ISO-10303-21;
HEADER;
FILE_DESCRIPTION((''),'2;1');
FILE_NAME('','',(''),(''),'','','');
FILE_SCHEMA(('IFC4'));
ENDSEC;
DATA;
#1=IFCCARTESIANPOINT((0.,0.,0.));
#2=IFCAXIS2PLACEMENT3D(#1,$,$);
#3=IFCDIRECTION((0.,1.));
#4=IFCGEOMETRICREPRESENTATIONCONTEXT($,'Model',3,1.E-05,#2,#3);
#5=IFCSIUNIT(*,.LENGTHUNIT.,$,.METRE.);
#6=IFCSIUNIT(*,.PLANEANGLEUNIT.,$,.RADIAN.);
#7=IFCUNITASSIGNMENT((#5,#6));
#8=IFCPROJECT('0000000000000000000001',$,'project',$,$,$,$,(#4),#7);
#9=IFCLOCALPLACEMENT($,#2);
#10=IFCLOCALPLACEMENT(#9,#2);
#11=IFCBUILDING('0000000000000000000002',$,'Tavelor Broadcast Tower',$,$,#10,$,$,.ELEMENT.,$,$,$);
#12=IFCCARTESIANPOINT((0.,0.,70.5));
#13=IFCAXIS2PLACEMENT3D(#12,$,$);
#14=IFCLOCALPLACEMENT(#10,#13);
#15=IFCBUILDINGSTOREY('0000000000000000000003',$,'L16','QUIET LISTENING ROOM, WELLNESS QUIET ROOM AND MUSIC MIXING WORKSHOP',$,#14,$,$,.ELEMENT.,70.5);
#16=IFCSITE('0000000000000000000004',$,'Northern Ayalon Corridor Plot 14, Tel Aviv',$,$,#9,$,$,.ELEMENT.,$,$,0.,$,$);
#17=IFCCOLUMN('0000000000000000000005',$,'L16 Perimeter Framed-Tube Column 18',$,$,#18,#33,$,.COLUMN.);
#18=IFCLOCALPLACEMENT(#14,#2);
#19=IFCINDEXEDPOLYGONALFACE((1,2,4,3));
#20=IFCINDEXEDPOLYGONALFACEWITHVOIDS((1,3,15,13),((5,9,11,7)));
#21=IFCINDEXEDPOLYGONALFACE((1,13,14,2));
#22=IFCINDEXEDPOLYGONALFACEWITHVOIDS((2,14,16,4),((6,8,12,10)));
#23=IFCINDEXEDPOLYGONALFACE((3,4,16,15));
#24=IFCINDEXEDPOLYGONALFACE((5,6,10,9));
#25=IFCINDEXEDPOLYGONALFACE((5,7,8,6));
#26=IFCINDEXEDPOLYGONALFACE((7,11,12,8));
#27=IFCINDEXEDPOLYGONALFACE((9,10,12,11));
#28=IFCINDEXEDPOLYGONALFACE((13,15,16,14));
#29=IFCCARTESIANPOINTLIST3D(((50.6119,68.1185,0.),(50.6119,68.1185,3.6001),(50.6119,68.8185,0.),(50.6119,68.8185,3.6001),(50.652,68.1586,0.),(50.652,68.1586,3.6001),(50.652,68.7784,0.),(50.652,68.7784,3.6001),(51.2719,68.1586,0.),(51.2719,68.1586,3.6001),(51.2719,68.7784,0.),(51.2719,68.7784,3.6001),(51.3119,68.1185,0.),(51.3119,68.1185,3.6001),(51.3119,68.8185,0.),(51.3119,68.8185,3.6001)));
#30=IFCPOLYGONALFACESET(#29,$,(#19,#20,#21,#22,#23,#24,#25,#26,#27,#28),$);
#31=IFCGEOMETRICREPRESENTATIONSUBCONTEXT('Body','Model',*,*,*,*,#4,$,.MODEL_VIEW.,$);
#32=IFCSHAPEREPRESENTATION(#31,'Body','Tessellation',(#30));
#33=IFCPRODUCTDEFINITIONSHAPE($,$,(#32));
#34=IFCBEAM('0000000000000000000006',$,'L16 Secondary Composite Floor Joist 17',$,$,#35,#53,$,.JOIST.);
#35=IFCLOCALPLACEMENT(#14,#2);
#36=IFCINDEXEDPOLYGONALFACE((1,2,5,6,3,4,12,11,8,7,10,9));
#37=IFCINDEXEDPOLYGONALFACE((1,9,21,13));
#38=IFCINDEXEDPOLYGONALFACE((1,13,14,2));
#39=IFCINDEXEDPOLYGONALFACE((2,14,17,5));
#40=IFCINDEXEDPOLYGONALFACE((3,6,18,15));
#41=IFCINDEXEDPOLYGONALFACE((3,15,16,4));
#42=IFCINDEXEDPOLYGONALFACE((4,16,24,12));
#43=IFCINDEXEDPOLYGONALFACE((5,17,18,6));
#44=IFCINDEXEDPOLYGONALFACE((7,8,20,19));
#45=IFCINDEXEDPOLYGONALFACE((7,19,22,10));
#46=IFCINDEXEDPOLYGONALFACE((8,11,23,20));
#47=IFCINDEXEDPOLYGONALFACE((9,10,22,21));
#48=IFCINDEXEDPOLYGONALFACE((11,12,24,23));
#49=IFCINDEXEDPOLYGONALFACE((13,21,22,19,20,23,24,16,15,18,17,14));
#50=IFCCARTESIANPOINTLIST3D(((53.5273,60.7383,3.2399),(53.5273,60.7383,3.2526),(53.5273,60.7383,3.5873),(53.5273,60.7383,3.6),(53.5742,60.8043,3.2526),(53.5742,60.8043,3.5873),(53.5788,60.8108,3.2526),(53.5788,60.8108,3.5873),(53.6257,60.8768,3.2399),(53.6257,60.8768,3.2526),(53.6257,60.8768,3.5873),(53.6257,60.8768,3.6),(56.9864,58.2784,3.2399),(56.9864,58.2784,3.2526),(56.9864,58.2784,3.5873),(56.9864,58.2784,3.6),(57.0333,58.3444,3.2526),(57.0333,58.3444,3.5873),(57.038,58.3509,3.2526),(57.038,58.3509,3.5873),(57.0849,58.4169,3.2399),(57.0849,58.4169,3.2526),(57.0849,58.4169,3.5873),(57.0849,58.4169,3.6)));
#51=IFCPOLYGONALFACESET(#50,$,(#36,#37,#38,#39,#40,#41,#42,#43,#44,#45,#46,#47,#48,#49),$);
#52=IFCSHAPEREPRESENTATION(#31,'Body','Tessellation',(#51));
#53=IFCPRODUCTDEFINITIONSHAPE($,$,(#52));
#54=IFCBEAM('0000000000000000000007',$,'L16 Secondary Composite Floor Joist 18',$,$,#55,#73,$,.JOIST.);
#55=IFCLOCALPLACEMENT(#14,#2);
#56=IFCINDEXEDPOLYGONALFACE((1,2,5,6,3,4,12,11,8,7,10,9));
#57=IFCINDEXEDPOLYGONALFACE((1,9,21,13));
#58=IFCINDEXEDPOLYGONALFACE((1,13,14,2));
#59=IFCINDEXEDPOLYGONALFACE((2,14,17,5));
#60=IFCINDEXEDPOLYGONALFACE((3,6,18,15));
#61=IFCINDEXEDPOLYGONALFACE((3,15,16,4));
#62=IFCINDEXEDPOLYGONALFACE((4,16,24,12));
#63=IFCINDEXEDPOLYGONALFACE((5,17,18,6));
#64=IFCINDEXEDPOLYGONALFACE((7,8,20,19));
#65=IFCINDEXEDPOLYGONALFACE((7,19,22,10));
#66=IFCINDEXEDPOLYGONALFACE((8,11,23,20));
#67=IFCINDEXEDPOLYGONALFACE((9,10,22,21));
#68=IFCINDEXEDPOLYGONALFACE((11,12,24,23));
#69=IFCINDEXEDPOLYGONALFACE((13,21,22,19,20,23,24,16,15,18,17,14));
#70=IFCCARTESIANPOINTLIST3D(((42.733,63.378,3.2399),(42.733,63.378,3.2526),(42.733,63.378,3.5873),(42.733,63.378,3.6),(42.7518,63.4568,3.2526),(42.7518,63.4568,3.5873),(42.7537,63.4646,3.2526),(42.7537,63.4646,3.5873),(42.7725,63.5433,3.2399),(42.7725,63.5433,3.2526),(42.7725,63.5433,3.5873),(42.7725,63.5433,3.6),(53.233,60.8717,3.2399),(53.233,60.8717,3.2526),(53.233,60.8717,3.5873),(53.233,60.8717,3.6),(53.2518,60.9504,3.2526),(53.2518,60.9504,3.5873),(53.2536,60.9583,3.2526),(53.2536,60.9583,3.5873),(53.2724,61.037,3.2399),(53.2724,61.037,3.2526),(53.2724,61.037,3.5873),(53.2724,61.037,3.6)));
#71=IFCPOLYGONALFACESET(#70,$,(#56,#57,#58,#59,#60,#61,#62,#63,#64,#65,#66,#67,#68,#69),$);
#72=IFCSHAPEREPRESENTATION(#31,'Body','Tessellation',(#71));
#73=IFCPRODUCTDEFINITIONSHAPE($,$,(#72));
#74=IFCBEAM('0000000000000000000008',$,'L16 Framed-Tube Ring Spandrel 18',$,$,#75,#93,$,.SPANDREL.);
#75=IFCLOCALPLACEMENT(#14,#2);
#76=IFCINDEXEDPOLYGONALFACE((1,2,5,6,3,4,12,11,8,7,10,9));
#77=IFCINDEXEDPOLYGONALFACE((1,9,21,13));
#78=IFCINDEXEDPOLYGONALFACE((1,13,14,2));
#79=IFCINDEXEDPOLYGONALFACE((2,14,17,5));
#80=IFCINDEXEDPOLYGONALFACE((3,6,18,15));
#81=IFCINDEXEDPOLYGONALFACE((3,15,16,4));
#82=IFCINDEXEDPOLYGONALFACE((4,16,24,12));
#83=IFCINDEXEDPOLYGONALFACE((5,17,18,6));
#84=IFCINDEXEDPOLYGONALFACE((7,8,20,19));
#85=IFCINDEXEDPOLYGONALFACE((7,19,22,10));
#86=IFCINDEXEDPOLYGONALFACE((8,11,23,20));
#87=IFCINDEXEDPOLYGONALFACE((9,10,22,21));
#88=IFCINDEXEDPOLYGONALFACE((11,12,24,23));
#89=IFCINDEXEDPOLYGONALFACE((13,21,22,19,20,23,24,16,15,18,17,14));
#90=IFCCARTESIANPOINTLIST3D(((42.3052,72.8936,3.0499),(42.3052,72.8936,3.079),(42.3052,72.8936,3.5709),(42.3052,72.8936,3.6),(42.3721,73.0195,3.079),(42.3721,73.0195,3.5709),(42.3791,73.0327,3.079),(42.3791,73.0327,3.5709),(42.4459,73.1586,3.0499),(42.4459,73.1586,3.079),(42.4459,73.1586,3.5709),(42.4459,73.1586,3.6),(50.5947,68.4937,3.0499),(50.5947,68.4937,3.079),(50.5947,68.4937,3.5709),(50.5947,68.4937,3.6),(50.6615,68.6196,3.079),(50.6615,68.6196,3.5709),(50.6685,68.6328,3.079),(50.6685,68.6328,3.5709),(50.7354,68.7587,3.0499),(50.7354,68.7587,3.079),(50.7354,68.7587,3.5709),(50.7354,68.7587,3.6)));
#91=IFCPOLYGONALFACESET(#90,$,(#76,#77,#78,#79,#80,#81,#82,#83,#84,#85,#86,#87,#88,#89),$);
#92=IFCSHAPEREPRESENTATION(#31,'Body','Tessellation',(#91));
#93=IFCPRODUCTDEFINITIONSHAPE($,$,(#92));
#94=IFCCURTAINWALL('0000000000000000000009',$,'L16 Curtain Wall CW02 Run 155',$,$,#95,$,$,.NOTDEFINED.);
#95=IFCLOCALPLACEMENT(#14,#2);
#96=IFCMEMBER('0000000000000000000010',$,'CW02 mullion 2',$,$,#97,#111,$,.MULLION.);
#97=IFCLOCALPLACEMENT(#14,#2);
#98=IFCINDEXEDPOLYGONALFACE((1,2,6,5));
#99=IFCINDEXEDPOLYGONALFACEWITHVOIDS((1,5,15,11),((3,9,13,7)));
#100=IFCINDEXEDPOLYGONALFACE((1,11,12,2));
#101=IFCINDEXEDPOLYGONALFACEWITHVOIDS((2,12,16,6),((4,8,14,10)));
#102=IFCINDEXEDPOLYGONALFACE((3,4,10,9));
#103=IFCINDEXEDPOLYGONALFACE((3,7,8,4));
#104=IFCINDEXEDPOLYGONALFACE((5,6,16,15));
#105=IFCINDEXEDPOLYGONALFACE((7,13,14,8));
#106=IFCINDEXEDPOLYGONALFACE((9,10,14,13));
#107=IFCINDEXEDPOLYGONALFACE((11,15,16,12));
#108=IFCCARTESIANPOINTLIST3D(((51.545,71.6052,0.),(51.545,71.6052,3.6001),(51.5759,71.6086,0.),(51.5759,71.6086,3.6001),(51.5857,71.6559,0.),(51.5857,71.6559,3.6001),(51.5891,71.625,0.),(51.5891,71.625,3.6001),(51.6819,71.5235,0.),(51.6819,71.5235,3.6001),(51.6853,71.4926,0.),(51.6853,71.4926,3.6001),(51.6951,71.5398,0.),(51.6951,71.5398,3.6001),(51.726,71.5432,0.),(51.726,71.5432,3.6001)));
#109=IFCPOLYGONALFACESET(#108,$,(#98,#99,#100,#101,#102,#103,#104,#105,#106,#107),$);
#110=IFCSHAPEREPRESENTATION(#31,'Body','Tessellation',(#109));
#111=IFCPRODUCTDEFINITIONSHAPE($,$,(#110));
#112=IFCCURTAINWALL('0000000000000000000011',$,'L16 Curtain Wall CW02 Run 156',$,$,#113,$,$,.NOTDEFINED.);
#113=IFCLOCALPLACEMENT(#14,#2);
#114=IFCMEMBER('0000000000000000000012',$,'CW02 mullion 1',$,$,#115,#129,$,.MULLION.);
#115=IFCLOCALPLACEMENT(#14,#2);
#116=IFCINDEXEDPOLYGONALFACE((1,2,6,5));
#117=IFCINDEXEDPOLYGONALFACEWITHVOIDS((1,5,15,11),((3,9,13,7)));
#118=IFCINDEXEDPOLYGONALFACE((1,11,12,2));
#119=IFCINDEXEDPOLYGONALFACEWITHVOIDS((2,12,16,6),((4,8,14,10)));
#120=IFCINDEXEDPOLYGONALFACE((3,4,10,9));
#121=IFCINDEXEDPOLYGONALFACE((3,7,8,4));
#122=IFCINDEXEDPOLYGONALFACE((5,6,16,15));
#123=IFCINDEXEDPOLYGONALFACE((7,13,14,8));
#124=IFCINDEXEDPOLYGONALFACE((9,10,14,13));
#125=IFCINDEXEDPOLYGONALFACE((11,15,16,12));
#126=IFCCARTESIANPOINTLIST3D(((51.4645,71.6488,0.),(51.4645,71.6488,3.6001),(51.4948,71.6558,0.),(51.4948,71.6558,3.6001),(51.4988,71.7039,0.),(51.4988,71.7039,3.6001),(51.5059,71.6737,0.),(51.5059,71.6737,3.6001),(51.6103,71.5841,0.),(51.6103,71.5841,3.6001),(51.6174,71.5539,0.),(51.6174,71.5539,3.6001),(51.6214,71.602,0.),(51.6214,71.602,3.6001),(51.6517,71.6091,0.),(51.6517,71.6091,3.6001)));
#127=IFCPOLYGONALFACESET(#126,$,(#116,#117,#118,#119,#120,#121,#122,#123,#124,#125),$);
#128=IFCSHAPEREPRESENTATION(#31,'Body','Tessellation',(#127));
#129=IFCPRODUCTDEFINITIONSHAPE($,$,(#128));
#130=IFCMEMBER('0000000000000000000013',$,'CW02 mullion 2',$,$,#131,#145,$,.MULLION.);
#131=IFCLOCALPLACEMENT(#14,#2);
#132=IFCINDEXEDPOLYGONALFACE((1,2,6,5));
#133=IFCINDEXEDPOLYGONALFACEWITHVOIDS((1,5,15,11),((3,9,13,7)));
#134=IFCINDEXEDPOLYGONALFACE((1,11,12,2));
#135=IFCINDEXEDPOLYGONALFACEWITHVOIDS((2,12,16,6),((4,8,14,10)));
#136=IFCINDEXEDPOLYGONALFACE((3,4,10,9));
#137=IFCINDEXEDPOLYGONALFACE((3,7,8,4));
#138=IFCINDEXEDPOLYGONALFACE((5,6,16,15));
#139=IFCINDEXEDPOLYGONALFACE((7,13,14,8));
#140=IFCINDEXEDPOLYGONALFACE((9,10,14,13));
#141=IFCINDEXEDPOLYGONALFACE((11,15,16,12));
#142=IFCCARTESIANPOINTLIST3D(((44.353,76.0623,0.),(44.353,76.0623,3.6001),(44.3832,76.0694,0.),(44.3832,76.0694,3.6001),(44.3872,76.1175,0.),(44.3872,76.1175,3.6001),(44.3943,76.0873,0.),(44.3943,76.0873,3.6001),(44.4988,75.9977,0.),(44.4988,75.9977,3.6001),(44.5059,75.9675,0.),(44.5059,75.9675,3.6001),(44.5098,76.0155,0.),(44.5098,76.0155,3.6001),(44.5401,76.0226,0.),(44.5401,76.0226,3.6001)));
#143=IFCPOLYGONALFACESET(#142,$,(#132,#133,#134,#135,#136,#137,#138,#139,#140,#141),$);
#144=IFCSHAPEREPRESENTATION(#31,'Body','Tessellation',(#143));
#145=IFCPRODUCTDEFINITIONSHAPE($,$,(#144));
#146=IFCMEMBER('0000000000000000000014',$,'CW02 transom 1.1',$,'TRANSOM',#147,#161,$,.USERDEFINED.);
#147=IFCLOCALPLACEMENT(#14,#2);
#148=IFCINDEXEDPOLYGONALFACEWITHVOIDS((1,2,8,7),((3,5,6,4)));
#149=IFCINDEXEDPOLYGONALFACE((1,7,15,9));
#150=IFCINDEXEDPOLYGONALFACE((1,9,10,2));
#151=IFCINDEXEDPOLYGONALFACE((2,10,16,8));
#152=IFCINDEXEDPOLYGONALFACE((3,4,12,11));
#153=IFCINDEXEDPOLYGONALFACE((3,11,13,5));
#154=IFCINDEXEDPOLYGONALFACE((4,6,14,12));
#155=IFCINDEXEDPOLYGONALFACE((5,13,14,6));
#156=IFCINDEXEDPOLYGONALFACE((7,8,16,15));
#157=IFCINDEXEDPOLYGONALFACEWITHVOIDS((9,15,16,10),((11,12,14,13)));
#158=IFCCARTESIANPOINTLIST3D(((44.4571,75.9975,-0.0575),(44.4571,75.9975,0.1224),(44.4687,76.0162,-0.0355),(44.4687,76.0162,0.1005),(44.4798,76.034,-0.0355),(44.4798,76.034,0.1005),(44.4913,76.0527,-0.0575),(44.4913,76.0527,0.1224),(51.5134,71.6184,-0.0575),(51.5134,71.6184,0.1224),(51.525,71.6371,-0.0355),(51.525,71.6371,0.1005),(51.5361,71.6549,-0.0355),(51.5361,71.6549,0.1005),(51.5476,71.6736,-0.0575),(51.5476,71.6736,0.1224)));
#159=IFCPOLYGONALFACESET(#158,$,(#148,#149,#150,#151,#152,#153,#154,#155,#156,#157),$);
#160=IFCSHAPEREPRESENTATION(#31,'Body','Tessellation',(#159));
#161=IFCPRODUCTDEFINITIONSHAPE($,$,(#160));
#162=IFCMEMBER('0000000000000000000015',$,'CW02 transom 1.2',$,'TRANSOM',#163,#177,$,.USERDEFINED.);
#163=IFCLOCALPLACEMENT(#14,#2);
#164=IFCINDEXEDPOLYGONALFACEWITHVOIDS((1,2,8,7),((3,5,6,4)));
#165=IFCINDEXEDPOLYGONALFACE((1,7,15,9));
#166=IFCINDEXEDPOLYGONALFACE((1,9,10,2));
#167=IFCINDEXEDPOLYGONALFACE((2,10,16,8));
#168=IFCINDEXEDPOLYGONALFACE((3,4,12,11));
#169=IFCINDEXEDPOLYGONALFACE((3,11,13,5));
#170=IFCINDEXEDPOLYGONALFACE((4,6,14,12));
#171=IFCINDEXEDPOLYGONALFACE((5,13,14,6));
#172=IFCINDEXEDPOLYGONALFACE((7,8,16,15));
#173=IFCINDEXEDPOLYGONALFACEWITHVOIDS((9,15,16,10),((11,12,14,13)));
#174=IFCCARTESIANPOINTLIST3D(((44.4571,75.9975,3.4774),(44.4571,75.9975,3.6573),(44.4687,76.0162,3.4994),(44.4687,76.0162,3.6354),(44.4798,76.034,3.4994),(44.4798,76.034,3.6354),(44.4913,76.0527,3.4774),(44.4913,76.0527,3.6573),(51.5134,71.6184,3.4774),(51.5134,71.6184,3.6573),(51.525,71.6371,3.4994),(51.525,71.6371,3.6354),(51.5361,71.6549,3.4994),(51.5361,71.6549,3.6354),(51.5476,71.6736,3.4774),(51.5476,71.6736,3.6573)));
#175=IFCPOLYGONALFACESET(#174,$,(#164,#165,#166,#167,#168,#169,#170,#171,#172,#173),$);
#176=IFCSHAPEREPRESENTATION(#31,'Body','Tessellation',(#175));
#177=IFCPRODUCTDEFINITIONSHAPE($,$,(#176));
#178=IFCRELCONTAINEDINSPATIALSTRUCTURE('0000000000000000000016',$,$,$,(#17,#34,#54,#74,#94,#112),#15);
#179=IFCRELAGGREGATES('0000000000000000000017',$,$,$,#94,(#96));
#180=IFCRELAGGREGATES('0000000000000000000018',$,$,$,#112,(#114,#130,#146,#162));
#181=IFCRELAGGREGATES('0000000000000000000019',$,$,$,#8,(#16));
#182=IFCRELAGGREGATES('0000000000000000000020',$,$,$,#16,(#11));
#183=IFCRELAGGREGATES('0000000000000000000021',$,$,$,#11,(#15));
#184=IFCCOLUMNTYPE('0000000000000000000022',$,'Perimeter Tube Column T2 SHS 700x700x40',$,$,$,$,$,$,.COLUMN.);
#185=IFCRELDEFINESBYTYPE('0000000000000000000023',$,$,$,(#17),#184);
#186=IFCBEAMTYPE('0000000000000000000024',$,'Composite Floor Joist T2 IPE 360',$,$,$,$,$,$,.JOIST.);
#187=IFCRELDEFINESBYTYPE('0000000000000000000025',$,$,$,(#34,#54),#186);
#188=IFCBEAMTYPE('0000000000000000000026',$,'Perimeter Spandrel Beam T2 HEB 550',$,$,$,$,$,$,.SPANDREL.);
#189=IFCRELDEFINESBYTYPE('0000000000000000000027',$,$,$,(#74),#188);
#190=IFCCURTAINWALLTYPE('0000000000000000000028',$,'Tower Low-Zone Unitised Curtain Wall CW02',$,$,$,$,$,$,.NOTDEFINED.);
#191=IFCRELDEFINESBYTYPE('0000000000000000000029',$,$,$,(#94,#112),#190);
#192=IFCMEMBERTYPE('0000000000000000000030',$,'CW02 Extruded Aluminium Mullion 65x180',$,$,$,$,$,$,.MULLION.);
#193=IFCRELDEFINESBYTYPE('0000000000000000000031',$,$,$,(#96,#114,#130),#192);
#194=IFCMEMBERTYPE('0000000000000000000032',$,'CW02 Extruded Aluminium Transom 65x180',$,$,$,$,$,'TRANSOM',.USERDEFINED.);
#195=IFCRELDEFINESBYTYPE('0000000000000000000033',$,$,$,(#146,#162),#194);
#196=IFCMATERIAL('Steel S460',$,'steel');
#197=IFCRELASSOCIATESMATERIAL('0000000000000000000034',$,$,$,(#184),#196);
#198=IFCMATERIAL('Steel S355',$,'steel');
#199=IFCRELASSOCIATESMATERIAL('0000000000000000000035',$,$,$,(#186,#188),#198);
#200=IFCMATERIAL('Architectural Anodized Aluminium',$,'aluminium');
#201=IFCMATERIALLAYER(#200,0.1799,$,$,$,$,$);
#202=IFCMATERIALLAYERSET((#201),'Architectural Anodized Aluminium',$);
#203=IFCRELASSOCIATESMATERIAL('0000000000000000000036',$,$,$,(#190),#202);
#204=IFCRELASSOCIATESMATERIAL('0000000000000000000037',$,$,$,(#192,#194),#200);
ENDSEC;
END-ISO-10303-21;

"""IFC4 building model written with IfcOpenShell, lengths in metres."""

from ifc_helpers import new_model, si_unit, direction, frame, origin, origin_2d, place, context, subcontext, project, spatial, hollow_rectangle, i_section, extrude, source, transform, mapped, material, layer, layer_set, material_profile, profile_set, type_object, type_shapes, element, aggregate, save


model = new_model("IFC4")

# Units and contexts
model_context = context("Model", 3, precision=1e-05, world=origin(), true_north=direction((0.0, 1.0)))
body_context = subcontext(model_context, "Body", "Model", "MODEL_VIEW")
ifc_project = project(units=[si_unit("LENGTHUNIT", "METRE"), si_unit("PLANEANGLEUNIT", "RADIAN")], contexts=[model_context])

# Site, building, storey
site_placement = place(None, origin())
site = spatial("IfcSite", under=ifc_project, at=site_placement, Name="Northern Ayalon Corridor Plot 14, Tel Aviv", CompositionType="ELEMENT", RefElevation=0.0)
building_placement = place(site_placement, origin())
building = spatial("IfcBuilding", under=site, at=building_placement, Name="Tavelor Broadcast Tower", CompositionType="ELEMENT")
storey_placement = place(building_placement, frame((0.0, 0.0, 70.5)))
storey = spatial("IfcBuildingStorey", under=building, at=storey_placement, Name="L16", Description="QUIET LISTENING ROOM, WELLNESS QUIET ROOM AND MUSIC MIXING WORKSHOP", CompositionType="ELEMENT", Elevation=70.5)

# Column
ifc_material_1 = material(Name="Steel S460", Category="steel")
ifc_material_profile_1 = material_profile(ifc_material_1, hollow_rectangle(XDim=0.7, YDim=0.7, WallThickness=0.04, at=origin_2d()), Name="SHS 700x700x40")
ifc_profile_set_1 = profile_set([ifc_material_profile_1], Name="Steel S460")
column_type = type_object("IfcColumnType", Name="Perimeter Tube Column T2 SHS 700x700x40", PredefinedType="COLUMN", material=ifc_profile_set_1)
column_placement = place(storey_placement, frame((50.9619, 68.4685, 0.0), z_axis=(0.0, 0.0, 1.0), x_axis=(1.0, 0.0, 0.0)))
element("IfcColumn", 1, at=column_placement, inside=storey, type_object=column_type, Name="L16 Perimeter Framed-Tube Column 18", PredefinedType="COLUMN", context=body_context, shape_type="SweptSolid", body=[
    extrude(hollow_rectangle(XDim=0.7, YDim=0.7, WallThickness=0.04, at=origin_2d()), origin(), (0.0, 0.0, 1.0), 3.6001),
])

# Beams
ifc_material_2 = material(Name="Steel S355", Category="steel")
ifc_material_profile_2 = material_profile(ifc_material_2, i_section(OverallWidth=0.1699, OverallDepth=0.3601, WebThickness=0.0081, FlangeThickness=0.0127, at=origin_2d()), Name="IPE 360")
ifc_profile_set_2 = profile_set([ifc_material_profile_2], Name="Steel S355")
beam_type_1 = type_object("IfcBeamType", Name="Composite Floor Joist T2 IPE 360", PredefinedType="JOIST", material=ifc_profile_set_2)
beam_1_placement = place(storey_placement, frame((57.0356, 58.3477, 3.4199), z_axis=(-0.814948, 0.579534, 0.0), x_axis=(-0.579534, -0.814948, 0.0)))
element("IfcBeam", 2, at=beam_1_placement, inside=storey, type_object=beam_type_1, Name="L16 Secondary Composite Floor Joist 17", PredefinedType="JOIST", context=body_context, shape_type="SweptSolid", body=[
    extrude(i_section(OverallWidth=0.1699, OverallDepth=0.3601, WebThickness=0.0081, FlangeThickness=0.0127, at=origin_2d()), origin(), (0.0, 0.0, 1.0), 4.2446),
])
beam_2_placement = place(storey_placement, frame((53.2527, 60.9543, 3.4199), z_axis=(-0.972674, 0.232177, 0.0), x_axis=(-0.232177, -0.972674, 0.0)))
element("IfcBeam", 3, at=beam_2_placement, inside=storey, type_object=beam_type_1, Name="L16 Secondary Composite Floor Joist 18", PredefinedType="JOIST", context=body_context, shape_type="SweptSolid", body=[
    extrude(i_section(OverallWidth=0.1699, OverallDepth=0.3601, WebThickness=0.0081, FlangeThickness=0.0127, at=origin_2d()), origin(), (0.0, 0.0, 1.0), 10.7949),
])
ifc_material_profile_3 = material_profile(ifc_material_2, i_section(OverallWidth=0.3, OverallDepth=0.55, WebThickness=0.0149, FlangeThickness=0.0291, at=origin_2d()), Name="HEB 550")
ifc_profile_set_3 = profile_set([ifc_material_profile_3], Name="Steel S355")
beam_type_2 = type_object("IfcBeamType", Name="Perimeter Spandrel Beam T2 HEB 550", PredefinedType="SPANDREL", material=ifc_profile_set_3)
beam_3_placement = place(storey_placement, frame((50.665, 68.6262, 3.325), z_axis=(-0.883289, 0.468829, 0.0), x_axis=(-0.468829, -0.883289, 0.0)))
element("IfcBeam", 4, at=beam_3_placement, inside=storey, type_object=beam_type_2, Name="L16 Framed-Tube Ring Spandrel 18", PredefinedType="SPANDREL", context=body_context, shape_type="SweptSolid", body=[
    extrude(i_section(OverallWidth=0.3, OverallDepth=0.55, WebThickness=0.0149, FlangeThickness=0.0291, at=origin_2d()), origin(), (0.0, 0.0, 1.0), 9.3848),
])

# Curtain wall, member
ifc_material_3 = material(Name="Architectural Anodized Aluminium", Category="aluminium")
ifc_layer_1 = layer(ifc_material_3, 0.1799)
ifc_layer_set_1 = layer_set([ifc_layer_1], Name="Architectural Anodized Aluminium")
curtain_wall_type = type_object("IfcCurtainWallType", Name="Tower Low-Zone Unitised Curtain Wall CW02", PredefinedType="NOTDEFINED", material=ifc_layer_set_1)
curtain_wall_1_placement = place(storey_placement, origin())
curtain_wall_1 = element("IfcCurtainWall", 5, at=curtain_wall_1_placement, inside=storey, type_object=curtain_wall_type, Name="L16 Curtain Wall CW02 Run 155", PredefinedType="NOTDEFINED")
ifc_material_profile_4 = material_profile(ifc_material_3, hollow_rectangle(XDim=0.0649, YDim=0.1799, WallThickness=0.022, at=origin_2d()), Name="RHS 65x180x22")
ifc_profile_set_4 = profile_set([ifc_material_profile_4], Name="Architectural Anodized Aluminium")
member_type_1 = type_object("IfcMemberType", Name="CW02 Extruded Aluminium Mullion 65x180", PredefinedType="MULLION", material=ifc_profile_set_4)
shared_shape_1 = source(origin(), body_context, "Body", "SweptSolid", [
    extrude(hollow_rectangle(XDim=0.0649, YDim=0.1799, WallThickness=0.022, at=origin_2d()), origin(), (0.0, 0.0, 1.0), 3.6001),
])
type_shapes(member_type_1, [shared_shape_1])
member_1_placement = place(storey_placement, frame((51.6355, 71.5742, 0.0), z_axis=(0.0, 0.0, 1.0), x_axis=(-0.626255, -0.779618, 0.0)))
member_1 = element("IfcMember", 6, at=member_1_placement, type_object=member_type_1, Name="CW02 mullion 2", PredefinedType="MULLION", context=body_context, shape_type="MappedRepresentation", body=[
    mapped(shared_shape_1, transform((0.0, 0.0, 0.0), scale=1.0)),
])

# Curtain wall, members
curtain_wall_2_placement = place(storey_placement, origin())
curtain_wall_2 = element("IfcCurtainWall", 7, at=curtain_wall_2_placement, inside=storey, type_object=curtain_wall_type, Name="L16 Curtain Wall CW02 Run 156", PredefinedType="NOTDEFINED")
member_2_placement = place(storey_placement, frame((51.5581, 71.6289, 0.0), z_axis=(0.0, 0.0, 1.0), x_axis=(-0.527312, -0.849672, 0.0)))
member_2 = element("IfcMember", 8, at=member_2_placement, type_object=member_type_1, Name="CW02 mullion 1", PredefinedType="MULLION", context=body_context, shape_type="MappedRepresentation", body=[
    mapped(shared_shape_1, transform((0.0, 0.0, 0.0), scale=1.0)),
])
member_3_placement = place(storey_placement, frame((44.4465, 76.0425, 0.0), z_axis=(0.0, 0.0, 1.0), x_axis=(-0.527312, -0.849672, 0.0)))
member_3 = element("IfcMember", 9, at=member_3_placement, type_object=member_type_1, Name="CW02 mullion 2", PredefinedType="MULLION", context=body_context, shape_type="MappedRepresentation", body=[
    mapped(shared_shape_1, transform((0.0, 0.0, 0.0), scale=1.0)),
])
ifc_material_profile_5 = material_profile(ifc_material_3, hollow_rectangle(XDim=0.0649, YDim=0.1799, WallThickness=0.022, at=origin_2d()), Name="RHS 65x180x22")
ifc_profile_set_5 = profile_set([ifc_material_profile_5], Name="Architectural Anodized Aluminium")
member_type_2 = type_object("IfcMemberType", Name="CW02 Extruded Aluminium Transom 65x180", ElementType="TRANSOM", PredefinedType="USERDEFINED", material=ifc_profile_set_5)
shared_shape_2 = source(origin(), body_context, "Body", "SweptSolid", [
    extrude(hollow_rectangle(XDim=0.0649, YDim=0.1799, WallThickness=0.022, at=origin_2d()), origin(), (0.0, 0.0, 1.0), 8.3047),
])
type_shapes(member_type_2, [shared_shape_2])
member_4_placement = place(storey_placement, frame((51.5305, 71.646, 0.0325), z_axis=(-0.849677, 0.527304, 0.0), x_axis=(-0.527304, -0.849677, 0.0)))
member_4 = element("IfcMember", 10, at=member_4_placement, type_object=member_type_2, Name="CW02 transom 1.1", ObjectType="TRANSOM", PredefinedType="USERDEFINED", context=body_context, shape_type="MappedRepresentation", body=[
    mapped(shared_shape_2, transform((0.0, 0.0, 0.0), scale=1.0)),
])
member_5_placement = place(storey_placement, frame((51.5305, 71.646, 3.5674), z_axis=(-0.849677, 0.527304, 0.0), x_axis=(-0.527304, -0.849677, 0.0)))
member_5 = element("IfcMember", 11, at=member_5_placement, type_object=member_type_2, Name="CW02 transom 1.2", ObjectType="TRANSOM", PredefinedType="USERDEFINED", context=body_context, shape_type="MappedRepresentation", body=[
    mapped(shared_shape_2, transform((0.0, 0.0, 0.0), scale=1.0)),
])

aggregate(curtain_wall_1, [member_1])
aggregate(curtain_wall_2, [member_2, member_3, member_4, member_5])

save(model, "model.ifc")
